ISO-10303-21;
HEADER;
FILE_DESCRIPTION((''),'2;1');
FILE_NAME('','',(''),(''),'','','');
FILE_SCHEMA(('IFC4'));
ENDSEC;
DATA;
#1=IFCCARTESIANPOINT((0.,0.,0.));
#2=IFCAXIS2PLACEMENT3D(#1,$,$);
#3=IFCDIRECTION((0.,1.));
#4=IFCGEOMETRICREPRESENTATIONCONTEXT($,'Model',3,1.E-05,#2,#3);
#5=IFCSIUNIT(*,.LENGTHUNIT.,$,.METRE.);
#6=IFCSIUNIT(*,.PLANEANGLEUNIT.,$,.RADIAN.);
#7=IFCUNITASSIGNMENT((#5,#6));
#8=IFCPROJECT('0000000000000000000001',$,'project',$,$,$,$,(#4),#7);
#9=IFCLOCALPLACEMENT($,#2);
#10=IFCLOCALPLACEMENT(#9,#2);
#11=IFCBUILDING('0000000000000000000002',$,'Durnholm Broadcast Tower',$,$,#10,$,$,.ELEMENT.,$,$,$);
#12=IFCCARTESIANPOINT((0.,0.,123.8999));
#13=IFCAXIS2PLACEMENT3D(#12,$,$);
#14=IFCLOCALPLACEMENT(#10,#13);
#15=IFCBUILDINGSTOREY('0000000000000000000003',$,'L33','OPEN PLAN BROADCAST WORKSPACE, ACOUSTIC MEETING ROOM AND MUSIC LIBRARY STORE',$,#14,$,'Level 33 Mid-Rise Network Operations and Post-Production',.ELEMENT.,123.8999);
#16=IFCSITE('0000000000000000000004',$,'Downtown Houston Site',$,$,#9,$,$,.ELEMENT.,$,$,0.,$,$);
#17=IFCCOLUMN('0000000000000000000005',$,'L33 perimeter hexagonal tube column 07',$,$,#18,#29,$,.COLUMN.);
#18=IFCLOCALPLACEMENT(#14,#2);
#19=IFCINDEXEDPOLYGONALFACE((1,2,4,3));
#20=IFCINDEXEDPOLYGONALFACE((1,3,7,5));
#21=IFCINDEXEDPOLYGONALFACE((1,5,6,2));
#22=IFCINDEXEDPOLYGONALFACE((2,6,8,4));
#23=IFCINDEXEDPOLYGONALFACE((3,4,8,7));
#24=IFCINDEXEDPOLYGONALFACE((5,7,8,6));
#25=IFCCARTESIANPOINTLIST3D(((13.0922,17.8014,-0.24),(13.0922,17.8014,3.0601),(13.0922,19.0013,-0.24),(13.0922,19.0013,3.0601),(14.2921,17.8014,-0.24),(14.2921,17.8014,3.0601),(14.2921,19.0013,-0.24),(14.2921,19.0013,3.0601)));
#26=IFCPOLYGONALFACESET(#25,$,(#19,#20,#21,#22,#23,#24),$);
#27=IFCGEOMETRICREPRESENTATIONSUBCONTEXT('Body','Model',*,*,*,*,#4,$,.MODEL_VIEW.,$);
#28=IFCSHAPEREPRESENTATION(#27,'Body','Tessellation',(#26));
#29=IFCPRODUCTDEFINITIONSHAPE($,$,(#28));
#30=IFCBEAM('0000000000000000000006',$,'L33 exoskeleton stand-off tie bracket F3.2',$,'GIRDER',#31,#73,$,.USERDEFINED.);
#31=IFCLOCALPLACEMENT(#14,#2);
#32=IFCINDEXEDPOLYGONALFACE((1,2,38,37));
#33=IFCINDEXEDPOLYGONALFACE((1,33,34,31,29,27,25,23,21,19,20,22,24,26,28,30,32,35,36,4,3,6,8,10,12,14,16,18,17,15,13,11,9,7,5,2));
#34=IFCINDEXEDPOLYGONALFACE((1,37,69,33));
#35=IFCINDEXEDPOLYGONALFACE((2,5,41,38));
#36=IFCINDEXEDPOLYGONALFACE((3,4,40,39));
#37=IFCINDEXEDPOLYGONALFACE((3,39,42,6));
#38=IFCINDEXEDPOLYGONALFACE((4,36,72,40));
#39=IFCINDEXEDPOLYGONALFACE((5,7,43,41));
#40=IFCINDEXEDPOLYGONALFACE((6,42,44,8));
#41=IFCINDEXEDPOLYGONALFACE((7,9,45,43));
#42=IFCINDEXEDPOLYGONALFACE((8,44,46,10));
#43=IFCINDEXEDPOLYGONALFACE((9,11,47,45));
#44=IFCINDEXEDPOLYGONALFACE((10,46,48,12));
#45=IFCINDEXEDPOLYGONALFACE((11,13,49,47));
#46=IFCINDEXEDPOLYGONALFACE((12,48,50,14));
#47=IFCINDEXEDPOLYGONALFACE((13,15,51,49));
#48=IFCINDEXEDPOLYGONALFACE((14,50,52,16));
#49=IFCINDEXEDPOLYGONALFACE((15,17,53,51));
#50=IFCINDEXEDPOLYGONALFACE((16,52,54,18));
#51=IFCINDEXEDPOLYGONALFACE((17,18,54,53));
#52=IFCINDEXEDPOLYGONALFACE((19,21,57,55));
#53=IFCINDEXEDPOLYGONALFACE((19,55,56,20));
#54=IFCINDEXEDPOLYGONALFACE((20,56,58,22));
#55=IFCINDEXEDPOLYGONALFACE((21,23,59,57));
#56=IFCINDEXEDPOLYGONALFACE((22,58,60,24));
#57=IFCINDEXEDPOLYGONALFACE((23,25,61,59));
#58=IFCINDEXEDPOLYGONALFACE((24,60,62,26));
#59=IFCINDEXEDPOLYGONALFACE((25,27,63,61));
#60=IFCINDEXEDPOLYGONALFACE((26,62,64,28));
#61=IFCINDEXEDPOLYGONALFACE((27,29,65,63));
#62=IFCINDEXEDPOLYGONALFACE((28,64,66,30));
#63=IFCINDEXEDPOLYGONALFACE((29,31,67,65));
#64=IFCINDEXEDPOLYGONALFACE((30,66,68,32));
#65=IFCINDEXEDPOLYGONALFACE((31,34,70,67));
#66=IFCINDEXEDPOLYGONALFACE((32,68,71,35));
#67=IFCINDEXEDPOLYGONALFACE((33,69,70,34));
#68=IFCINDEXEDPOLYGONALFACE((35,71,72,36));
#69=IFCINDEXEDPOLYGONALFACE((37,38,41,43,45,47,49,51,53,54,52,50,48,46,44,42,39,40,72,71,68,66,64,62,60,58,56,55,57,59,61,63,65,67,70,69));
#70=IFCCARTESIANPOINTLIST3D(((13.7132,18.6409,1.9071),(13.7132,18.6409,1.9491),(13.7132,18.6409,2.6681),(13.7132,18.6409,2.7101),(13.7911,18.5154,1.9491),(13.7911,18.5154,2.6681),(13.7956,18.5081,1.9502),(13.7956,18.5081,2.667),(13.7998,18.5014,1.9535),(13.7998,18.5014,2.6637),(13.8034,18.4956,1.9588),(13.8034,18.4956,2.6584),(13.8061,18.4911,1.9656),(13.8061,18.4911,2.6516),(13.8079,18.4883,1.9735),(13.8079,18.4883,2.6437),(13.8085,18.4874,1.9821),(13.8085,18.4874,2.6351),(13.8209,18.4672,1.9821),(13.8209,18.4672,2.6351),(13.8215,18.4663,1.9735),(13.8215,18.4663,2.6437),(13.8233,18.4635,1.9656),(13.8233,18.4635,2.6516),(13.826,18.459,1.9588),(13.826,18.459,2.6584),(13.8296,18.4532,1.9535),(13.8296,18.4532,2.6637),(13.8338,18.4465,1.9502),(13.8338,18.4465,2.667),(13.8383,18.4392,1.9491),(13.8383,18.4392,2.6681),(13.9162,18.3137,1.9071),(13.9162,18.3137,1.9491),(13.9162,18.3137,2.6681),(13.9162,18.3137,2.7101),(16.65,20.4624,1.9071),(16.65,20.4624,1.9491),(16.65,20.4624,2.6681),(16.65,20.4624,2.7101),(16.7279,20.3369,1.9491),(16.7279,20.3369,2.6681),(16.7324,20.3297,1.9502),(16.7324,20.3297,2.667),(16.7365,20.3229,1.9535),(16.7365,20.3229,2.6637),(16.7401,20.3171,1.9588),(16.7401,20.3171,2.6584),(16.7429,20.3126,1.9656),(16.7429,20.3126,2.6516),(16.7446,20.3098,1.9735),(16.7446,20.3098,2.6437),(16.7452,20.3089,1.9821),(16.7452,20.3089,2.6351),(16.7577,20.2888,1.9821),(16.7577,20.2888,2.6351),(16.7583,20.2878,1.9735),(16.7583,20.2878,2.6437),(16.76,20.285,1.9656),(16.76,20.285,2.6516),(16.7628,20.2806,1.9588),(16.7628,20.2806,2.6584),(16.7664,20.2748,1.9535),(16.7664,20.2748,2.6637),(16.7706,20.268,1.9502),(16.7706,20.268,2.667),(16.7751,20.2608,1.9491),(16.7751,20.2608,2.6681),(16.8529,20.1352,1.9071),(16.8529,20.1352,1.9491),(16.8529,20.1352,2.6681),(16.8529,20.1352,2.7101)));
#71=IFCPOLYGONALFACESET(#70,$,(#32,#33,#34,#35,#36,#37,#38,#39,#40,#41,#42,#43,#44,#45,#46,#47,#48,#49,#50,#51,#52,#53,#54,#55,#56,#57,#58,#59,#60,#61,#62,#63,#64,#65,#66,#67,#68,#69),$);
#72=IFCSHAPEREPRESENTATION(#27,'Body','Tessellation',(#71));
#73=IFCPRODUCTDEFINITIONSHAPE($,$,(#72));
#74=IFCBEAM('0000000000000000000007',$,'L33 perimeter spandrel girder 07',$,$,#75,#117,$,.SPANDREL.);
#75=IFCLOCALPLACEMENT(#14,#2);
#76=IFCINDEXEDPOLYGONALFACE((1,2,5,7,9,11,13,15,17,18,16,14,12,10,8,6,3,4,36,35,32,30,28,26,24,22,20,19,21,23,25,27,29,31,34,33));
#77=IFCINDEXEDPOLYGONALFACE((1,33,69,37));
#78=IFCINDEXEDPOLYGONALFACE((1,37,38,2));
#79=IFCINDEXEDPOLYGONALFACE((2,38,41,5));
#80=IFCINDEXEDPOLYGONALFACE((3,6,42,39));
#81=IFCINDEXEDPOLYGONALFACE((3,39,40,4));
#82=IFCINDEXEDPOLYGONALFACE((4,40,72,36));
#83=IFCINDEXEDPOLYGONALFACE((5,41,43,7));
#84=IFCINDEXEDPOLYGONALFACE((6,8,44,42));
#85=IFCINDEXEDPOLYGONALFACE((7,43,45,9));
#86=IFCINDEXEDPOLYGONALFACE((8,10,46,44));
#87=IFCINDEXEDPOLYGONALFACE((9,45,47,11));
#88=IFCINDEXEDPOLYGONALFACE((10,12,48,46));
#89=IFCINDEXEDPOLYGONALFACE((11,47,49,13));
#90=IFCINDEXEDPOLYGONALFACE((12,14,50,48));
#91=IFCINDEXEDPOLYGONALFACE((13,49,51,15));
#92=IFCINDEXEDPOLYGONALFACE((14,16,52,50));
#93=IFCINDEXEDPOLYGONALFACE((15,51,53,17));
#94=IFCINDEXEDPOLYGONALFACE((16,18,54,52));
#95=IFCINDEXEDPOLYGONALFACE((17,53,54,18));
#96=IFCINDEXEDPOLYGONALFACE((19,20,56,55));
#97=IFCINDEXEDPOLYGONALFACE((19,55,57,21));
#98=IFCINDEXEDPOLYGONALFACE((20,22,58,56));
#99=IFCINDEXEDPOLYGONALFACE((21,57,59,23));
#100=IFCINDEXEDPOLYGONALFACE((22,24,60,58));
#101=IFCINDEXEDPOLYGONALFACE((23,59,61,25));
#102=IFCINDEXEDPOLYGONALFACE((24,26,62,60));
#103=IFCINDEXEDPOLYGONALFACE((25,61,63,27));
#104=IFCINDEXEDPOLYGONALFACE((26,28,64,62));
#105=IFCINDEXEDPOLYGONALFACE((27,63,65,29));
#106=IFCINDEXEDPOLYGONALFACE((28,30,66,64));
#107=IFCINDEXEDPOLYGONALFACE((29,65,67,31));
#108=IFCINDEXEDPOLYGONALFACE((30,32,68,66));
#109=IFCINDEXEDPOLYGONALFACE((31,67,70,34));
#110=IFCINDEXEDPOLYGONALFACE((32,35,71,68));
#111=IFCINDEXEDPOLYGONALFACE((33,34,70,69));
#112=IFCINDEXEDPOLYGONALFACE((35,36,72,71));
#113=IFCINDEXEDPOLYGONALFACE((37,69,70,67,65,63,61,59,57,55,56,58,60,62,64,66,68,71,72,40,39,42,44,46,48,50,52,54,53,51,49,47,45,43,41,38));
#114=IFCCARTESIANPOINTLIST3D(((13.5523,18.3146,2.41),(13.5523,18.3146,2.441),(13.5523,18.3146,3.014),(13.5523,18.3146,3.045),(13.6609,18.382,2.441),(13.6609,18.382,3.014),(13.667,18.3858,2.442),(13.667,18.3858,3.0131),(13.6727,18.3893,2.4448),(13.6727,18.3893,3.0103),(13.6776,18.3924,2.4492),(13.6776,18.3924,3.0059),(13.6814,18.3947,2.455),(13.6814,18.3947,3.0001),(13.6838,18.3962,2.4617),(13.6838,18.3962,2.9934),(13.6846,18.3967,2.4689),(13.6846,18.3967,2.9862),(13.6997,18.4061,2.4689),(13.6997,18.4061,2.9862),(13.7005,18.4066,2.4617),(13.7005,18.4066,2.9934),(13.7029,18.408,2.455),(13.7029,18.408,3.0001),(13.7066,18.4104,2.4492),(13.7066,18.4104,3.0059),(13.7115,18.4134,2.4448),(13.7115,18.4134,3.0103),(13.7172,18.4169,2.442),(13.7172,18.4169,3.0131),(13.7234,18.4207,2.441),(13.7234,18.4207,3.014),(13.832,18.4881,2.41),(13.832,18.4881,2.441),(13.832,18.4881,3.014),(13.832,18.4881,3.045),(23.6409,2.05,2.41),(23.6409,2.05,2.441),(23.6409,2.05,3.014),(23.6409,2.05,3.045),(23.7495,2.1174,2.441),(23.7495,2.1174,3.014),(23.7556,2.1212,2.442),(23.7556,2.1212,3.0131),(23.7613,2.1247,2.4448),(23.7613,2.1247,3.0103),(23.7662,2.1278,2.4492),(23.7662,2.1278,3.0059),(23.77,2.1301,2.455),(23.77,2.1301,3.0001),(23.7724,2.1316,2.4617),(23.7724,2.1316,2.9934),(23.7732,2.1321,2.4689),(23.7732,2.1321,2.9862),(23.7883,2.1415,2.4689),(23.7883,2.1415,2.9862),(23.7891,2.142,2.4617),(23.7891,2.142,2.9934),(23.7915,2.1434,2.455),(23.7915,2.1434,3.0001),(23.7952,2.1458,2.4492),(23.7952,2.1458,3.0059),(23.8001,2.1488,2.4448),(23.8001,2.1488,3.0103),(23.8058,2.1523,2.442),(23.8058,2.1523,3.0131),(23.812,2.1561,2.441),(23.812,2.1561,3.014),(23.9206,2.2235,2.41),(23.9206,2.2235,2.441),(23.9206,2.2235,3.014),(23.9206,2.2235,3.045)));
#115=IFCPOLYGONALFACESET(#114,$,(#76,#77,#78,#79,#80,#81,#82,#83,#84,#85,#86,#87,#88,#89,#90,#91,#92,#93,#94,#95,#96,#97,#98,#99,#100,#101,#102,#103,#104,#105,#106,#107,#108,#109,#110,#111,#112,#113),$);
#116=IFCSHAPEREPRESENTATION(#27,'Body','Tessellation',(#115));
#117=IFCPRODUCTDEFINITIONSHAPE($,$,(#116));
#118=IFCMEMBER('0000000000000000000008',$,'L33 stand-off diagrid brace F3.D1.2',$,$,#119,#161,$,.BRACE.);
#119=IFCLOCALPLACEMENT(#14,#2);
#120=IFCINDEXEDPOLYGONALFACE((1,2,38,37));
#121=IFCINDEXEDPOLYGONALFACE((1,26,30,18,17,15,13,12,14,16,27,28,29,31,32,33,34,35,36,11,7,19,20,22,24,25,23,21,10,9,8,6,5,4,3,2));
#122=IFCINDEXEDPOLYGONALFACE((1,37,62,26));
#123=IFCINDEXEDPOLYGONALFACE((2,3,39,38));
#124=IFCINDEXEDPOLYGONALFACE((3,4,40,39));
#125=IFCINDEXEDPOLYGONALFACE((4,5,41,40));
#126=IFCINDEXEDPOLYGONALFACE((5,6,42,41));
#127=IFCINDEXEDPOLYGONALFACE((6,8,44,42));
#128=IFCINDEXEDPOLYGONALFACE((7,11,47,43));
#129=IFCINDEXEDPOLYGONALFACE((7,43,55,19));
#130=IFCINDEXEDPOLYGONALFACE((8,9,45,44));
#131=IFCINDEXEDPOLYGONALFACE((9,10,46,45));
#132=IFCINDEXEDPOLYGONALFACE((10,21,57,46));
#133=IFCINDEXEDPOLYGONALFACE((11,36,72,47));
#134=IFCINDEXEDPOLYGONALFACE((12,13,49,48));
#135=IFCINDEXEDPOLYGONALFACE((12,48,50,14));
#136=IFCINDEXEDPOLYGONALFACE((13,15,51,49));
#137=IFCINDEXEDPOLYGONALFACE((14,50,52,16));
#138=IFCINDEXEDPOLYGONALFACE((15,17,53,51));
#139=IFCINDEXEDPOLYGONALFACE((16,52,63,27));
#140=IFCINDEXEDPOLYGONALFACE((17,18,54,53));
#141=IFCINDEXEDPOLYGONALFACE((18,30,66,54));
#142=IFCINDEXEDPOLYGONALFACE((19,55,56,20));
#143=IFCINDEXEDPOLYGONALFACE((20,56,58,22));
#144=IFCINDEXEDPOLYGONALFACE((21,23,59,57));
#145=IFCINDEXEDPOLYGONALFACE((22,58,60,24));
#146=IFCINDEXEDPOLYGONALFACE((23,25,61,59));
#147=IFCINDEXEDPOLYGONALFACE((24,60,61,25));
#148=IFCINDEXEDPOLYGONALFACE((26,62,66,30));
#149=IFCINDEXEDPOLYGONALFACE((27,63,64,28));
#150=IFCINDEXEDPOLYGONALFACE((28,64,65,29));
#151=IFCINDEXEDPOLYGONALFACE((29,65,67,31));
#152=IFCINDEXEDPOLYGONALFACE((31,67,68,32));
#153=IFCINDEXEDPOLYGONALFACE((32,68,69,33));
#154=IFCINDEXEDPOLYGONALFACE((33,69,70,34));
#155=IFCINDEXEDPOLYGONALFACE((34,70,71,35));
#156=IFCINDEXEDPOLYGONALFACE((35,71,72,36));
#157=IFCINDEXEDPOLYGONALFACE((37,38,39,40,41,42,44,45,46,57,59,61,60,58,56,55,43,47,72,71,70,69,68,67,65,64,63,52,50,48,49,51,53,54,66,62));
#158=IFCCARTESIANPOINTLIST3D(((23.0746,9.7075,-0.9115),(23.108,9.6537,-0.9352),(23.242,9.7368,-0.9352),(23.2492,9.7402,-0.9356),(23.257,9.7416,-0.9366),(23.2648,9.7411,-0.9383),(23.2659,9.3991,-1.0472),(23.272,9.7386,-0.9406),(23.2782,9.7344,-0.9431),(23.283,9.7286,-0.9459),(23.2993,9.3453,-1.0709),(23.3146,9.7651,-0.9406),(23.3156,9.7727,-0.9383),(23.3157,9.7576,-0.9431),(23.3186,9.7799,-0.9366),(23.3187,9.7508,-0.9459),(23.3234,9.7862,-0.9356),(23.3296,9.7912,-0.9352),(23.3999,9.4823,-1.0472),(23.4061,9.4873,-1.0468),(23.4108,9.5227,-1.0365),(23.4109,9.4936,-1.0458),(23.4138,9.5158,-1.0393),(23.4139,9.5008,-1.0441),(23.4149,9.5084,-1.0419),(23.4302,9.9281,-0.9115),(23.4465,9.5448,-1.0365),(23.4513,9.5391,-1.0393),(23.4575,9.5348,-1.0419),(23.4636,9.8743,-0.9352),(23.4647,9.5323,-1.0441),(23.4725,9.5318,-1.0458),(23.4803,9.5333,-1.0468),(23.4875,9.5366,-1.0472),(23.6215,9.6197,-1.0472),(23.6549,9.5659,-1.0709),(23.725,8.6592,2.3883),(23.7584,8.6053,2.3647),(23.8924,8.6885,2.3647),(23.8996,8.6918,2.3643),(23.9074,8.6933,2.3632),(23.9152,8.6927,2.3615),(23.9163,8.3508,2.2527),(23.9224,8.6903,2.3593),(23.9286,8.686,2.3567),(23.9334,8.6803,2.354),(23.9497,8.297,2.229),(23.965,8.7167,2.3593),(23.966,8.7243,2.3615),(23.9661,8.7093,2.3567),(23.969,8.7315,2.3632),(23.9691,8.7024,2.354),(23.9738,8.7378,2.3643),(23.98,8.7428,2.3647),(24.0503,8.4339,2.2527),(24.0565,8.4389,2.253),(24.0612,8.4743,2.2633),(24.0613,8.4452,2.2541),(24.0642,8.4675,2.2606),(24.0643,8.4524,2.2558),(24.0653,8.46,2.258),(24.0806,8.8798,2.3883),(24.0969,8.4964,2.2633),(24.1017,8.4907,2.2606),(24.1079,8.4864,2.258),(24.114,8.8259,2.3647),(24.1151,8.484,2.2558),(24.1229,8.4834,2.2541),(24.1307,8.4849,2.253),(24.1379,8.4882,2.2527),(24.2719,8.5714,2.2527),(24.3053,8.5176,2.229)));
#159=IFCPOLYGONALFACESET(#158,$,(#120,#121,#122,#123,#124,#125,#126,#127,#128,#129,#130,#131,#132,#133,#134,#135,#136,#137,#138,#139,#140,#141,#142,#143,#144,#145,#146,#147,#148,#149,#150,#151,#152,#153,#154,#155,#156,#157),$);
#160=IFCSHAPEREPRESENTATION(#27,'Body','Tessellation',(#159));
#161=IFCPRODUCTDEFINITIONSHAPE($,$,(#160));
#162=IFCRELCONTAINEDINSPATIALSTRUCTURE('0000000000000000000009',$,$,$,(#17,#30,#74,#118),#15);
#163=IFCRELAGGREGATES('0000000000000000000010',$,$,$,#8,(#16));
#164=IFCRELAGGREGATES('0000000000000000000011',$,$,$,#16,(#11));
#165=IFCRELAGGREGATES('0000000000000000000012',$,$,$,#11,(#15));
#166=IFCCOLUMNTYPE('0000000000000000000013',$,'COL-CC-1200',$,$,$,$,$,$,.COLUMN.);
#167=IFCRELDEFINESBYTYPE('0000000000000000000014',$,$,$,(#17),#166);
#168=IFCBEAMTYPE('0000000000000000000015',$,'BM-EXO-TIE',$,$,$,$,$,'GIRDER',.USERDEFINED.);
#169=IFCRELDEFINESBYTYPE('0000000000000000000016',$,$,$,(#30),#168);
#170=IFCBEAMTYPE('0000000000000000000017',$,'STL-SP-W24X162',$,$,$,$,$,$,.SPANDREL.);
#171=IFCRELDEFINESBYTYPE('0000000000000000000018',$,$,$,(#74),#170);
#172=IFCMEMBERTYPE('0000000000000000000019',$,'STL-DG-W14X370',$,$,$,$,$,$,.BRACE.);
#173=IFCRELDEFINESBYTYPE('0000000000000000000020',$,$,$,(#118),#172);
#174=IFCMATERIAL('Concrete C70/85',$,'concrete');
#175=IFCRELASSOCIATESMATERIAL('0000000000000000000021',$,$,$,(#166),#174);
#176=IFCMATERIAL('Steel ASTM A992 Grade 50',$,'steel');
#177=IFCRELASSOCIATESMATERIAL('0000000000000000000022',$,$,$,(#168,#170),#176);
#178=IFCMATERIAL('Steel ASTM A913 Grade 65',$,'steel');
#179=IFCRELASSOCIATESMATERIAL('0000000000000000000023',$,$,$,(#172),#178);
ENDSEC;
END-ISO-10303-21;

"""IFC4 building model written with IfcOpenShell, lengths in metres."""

from ifc_helpers import new_model, si_unit, direction, frame, origin, origin_2d, place, context, subcontext, project, spatial, rectangle, i_section, extrude, source, transform, mapped, material, material_profile, profile_set, type_object, type_shapes, element, save


model = new_model("IFC4")

# Units and contexts
model_context = context("Model", 3, precision=1e-05, world=origin(), true_north=direction((0.0, 1.0)))
body_context = subcontext(model_context, "Body", "Model", "MODEL_VIEW")
ifc_project = project(units=[si_unit("LENGTHUNIT", "METRE"), si_unit("PLANEANGLEUNIT", "RADIAN")], contexts=[model_context])

# Site, building, storey
site_placement = place(None, origin())
site = spatial("IfcSite", under=ifc_project, at=site_placement, Name="Downtown Houston Site", CompositionType="ELEMENT", RefElevation=0.0)
building_placement = place(site_placement, origin())
building = spatial("IfcBuilding", under=site, at=building_placement, Name="Durnholm Broadcast Tower", CompositionType="ELEMENT")
storey_placement = place(building_placement, frame((0.0, 0.0, 123.8999)))
storey = spatial("IfcBuildingStorey", under=building, at=storey_placement, Name="L33", Description="OPEN PLAN BROADCAST WORKSPACE, ACOUSTIC MEETING ROOM AND MUSIC LIBRARY STORE", LongName="Level 33 Mid-Rise Network Operations and Post-Production", CompositionType="ELEMENT", Elevation=123.8999)

# Column
ifc_material_1 = material(Name="Concrete C70/85", Category="concrete")
ifc_material_profile_1 = material_profile(ifc_material_1, rectangle(XDim=1.2, YDim=1.2, at=origin_2d()), Name="RC1200X1200")
ifc_profile_set_1 = profile_set([ifc_material_profile_1], Name="Concrete C70/85")
column_type = type_object("IfcColumnType", Name="COL-CC-1200", PredefinedType="COLUMN", material=ifc_profile_set_1)
shared_shape_1 = source(origin(), body_context, "Body", "SweptSolid", [
    extrude(rectangle(XDim=1.2, YDim=1.2, at=origin_2d()), origin(), (0.0, 0.0, 1.0), 3.3),
])
type_shapes(column_type, [shared_shape_1])
column_placement = place(storey_placement, frame((13.6921, 18.4014, -0.24), z_axis=(0.0, 0.0, 1.0), x_axis=(1.0, 0.0, 0.0)))
element("IfcColumn", 1, at=column_placement, inside=storey, type_object=column_type, Name="L33 perimeter hexagonal tube column 07", PredefinedType="COLUMN", context=body_context, shape_type="MappedRepresentation", body=[
    mapped(shared_shape_1, transform((0.0, 0.0, 0.0), x_axis=(1.0, 0.0, 0.0), y_axis=(0.0, 1.0, 0.0), z_axis=(0.0, 0.0, 1.0), scale=1.0)),
])

# Beams
ifc_material_2 = material(Name="Steel ASTM A992 Grade 50", Category="steel")
ifc_material_profile_2 = material_profile(ifc_material_2, i_section(OverallWidth=0.385, OverallDepth=0.803, WebThickness=0.0237, FlangeThickness=0.042, FilletRadius=0.033, at=origin_2d()), Name="W30X261")
ifc_profile_set_2 = profile_set([ifc_material_profile_2], Name="Steel ASTM A992 Grade 50")
beam_type_1 = type_object("IfcBeamType", Name="BM-EXO-TIE", ElementType="GIRDER", PredefinedType="USERDEFINED", material=ifc_profile_set_2)
shared_shape_2 = source(origin(), body_context, "Body", "SweptSolid", [
    extrude(i_section(OverallWidth=0.385, OverallDepth=0.803, WebThickness=0.0237, FlangeThickness=0.042, FilletRadius=0.033, at=origin_2d()), origin(), (0.0, 0.0, 1.0), 3.4558),
])
type_shapes(beam_type_1, [shared_shape_2])
beam_1_placement = place(storey_placement, frame((13.8147, 18.4773, 2.3086), z_axis=(0.849807, 0.527094, 0.0), x_axis=(-0.527094, 0.849807, 0.0)))
element("IfcBeam", 2, at=beam_1_placement, inside=storey, type_object=beam_type_1, Name="L33 exoskeleton stand-off tie bracket F3.2", ObjectType="GIRDER", PredefinedType="USERDEFINED", context=body_context, shape_type="MappedRepresentation", body=[
    mapped(shared_shape_2, transform((0.0, 0.0, 0.0), x_axis=(1.0, 0.0, 0.0), y_axis=(0.0, 1.0, 0.0), z_axis=(0.0, 0.0, 1.0), scale=1.0)),
])
ifc_material_profile_3 = material_profile(ifc_material_2, i_section(OverallWidth=0.3291, OverallDepth=0.635, WebThickness=0.0178, FlangeThickness=0.031, FilletRadius=0.0278, at=origin_2d()), Name="W24X162")
ifc_profile_set_3 = profile_set([ifc_material_profile_3], Name="Steel ASTM A992 Grade 50")
beam_type_2 = type_object("IfcBeamType", Name="STL-SP-W24X162", PredefinedType="SPANDREL", material=ifc_profile_set_3)
shared_shape_3 = source(origin(), body_context, "Body", "SweptSolid", [
    extrude(i_section(OverallWidth=0.3291, OverallDepth=0.635, WebThickness=0.0178, FlangeThickness=0.031, FilletRadius=0.0278, at=origin_2d()), origin(), (0.0, 0.0, 1.0), 19.1394),
])
type_shapes(beam_type_2, [shared_shape_3])
beam_2_placement = place(storey_placement, frame((13.6921, 18.4014, 2.7275), z_axis=(0.527111, -0.849796, 0.0), x_axis=(0.849796, 0.527111, 0.0)))
element("IfcBeam", 3, at=beam_2_placement, inside=storey, type_object=beam_type_2, Name="L33 perimeter spandrel girder 07", PredefinedType="SPANDREL", context=body_context, shape_type="MappedRepresentation", body=[
    mapped(shared_shape_3, transform((0.0, 0.0, 0.0), x_axis=(1.0, 0.0, 0.0), y_axis=(0.0, 1.0, 0.0), z_axis=(0.0, 0.0, 1.0), scale=1.0)),
])

# Member
ifc_material_3 = material(Name="Steel ASTM A913 Grade 65", Category="steel")
ifc_material_profile_4 = material_profile(ifc_material_3, i_section(OverallWidth=0.4185, OverallDepth=0.4551, WebThickness=0.042, FlangeThickness=0.0676, FilletRadius=0.0305, at=origin_2d()), Name="W14X370")
ifc_profile_set_4 = profile_set([ifc_material_profile_4], Name="Steel ASTM A913 Grade 65")
member_type_1 = type_object("IfcMemberType", Name="STL-DG-W14X370", PredefinedType="BRACE", material=ifc_profile_set_4)
shared_shape_4 = source(origin(), body_context, "Body", "SweptSolid", [
    extrude(i_section(OverallWidth=0.4185, OverallDepth=0.4551, WebThickness=0.042, FlangeThickness=0.0676, FilletRadius=0.0305, at=origin_2d()), origin(), (0.0, 0.0, 1.0), 3.5229),
])
type_shapes(member_type_1, [shared_shape_4])
for number, where, z_axis, x_axis, name in (
    (4, (23.3647, 9.6367, -0.9912), (0.184619, -0.29758, 0.936676), (0.84975, 0.527186, 0.0), "L33 stand-off diagrid brace F3.D1.2"),
):
    element("IfcMember", number, at=place(storey_placement, frame(where, z_axis=z_axis, x_axis=x_axis)), inside=storey, type_object=member_type_1, Name=name, PredefinedType="BRACE", context=body_context, shape_type="MappedRepresentation", body=[
        mapped(shared_shape_4, transform((0.0, 0.0, 0.0), x_axis=(1.0, 0.0, 0.0), y_axis=(0.0, 1.0, 0.0), z_axis=(0.0, 0.0, 1.0), scale=1.0)),
    ])

save(model, "model.ifc")
